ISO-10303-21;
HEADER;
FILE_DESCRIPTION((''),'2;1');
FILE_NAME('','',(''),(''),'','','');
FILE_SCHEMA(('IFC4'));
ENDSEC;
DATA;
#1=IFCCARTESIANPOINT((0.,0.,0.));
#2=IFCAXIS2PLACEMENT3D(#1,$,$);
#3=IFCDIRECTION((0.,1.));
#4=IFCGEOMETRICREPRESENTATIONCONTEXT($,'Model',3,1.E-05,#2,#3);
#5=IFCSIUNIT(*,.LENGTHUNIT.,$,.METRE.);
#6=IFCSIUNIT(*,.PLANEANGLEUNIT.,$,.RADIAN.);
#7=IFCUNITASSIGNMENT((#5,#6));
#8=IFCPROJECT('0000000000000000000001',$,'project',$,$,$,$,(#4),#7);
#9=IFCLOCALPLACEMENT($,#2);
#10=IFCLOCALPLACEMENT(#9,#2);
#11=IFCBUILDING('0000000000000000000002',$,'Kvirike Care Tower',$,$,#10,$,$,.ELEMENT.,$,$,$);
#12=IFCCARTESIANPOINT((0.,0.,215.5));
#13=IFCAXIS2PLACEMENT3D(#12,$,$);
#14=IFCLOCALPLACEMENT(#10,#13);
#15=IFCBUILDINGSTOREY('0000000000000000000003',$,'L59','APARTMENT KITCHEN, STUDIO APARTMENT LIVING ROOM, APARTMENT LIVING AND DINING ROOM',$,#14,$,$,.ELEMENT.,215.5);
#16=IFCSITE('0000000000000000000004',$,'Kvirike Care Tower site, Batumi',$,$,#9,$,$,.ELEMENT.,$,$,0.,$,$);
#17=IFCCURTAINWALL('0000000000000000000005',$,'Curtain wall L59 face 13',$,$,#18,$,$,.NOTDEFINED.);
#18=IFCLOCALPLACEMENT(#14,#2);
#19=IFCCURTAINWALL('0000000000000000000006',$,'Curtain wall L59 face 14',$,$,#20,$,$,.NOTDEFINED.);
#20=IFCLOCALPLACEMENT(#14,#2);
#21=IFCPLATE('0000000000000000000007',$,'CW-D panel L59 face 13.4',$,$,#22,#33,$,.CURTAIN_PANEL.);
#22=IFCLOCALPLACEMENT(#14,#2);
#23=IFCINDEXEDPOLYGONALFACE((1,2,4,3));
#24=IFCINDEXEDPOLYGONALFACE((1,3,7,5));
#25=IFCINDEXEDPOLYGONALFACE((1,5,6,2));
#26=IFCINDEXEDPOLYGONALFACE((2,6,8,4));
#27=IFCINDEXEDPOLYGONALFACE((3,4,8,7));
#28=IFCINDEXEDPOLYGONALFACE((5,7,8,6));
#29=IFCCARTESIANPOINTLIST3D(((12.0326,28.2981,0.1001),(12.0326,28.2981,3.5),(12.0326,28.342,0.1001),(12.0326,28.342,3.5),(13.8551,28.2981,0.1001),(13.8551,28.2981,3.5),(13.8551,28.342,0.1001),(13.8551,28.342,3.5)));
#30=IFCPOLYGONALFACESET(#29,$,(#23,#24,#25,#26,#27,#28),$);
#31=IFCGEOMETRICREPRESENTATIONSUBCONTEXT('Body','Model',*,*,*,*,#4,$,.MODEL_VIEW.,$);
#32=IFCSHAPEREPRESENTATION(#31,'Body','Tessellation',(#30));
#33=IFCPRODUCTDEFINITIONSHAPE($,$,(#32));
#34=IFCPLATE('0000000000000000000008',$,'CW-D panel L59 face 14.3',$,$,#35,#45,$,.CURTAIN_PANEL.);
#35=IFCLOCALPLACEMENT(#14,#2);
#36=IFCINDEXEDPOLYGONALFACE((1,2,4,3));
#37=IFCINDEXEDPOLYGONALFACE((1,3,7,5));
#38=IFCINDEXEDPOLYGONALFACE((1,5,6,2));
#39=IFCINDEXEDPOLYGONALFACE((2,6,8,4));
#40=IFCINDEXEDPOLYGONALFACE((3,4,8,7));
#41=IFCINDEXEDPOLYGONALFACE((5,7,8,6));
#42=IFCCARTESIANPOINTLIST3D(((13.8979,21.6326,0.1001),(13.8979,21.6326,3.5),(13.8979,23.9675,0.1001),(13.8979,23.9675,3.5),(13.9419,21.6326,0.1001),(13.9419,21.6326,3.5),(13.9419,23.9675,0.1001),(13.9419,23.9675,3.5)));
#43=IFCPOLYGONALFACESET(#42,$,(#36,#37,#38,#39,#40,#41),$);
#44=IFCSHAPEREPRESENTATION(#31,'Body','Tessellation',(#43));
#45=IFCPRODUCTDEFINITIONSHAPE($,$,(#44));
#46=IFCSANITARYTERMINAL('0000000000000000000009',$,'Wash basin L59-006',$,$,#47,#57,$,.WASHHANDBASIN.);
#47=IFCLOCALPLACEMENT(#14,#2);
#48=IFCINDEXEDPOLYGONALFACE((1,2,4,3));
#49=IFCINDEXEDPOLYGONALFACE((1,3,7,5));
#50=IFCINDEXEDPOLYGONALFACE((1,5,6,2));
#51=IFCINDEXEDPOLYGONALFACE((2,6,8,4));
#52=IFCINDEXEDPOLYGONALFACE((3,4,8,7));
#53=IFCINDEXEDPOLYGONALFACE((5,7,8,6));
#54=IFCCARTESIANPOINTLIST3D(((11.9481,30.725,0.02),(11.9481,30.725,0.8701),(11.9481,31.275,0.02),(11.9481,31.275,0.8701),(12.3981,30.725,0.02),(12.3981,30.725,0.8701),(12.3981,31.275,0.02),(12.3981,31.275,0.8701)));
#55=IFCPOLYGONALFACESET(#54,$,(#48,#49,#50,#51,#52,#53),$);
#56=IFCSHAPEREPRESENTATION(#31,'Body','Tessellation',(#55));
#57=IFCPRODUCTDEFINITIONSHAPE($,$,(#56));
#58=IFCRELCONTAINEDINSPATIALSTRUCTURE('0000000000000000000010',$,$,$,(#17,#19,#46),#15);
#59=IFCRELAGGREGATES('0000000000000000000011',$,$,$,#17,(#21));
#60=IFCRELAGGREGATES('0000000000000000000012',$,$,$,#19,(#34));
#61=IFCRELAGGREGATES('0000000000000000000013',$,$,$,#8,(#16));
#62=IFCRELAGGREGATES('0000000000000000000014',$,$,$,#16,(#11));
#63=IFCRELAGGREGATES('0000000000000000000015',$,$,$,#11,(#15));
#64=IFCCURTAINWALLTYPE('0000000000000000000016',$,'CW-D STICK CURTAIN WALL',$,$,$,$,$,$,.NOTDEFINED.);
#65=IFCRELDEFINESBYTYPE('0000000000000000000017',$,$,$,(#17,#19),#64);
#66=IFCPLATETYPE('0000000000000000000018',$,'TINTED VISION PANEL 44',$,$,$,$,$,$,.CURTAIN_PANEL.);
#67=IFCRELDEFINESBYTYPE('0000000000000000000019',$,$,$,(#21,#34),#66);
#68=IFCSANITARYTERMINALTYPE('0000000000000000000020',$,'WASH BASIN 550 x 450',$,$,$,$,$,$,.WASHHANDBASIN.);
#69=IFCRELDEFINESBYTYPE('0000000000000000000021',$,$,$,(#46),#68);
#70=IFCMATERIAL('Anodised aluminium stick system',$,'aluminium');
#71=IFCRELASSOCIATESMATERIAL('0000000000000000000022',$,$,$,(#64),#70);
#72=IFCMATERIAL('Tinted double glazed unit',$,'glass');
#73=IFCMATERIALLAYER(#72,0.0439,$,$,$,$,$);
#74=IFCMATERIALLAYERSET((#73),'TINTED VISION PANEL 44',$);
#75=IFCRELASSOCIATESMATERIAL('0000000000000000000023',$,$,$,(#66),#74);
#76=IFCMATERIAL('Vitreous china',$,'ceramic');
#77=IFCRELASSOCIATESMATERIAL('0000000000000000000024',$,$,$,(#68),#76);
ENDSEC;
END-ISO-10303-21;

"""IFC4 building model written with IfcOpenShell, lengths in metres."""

from ifc_helpers import new_model, si_unit, direction, frame, origin, origin_2d, place, context, subcontext, project, spatial, rectangle, extrude, material, layer, layer_set, type_object, element, aggregate, save


model = new_model("IFC4")

# Units and contexts
model_context = context("Model", 3, precision=1e-05, world=origin(), true_north=direction((0.0, 1.0)))
body_context = subcontext(model_context, "Body", "Model", "MODEL_VIEW")
ifc_project = project(units=[si_unit("LENGTHUNIT", "METRE"), si_unit("PLANEANGLEUNIT", "RADIAN")], contexts=[model_context])

# Site, building, storey
site_placement = place(None, origin())
site = spatial("IfcSite", under=ifc_project, at=site_placement, Name="Kvirike Care Tower site, Batumi", CompositionType="ELEMENT", RefElevation=0.0)
building_placement = place(site_placement, origin())
building = spatial("IfcBuilding", under=site, at=building_placement, Name="Kvirike Care Tower", CompositionType="ELEMENT")
storey_placement = place(building_placement, frame((0.0, 0.0, 215.5)))
storey = spatial("IfcBuildingStorey", under=building, at=storey_placement, Name="L59", Description="APARTMENT KITCHEN, STUDIO APARTMENT LIVING ROOM, APARTMENT LIVING AND DINING ROOM", CompositionType="ELEMENT", Elevation=215.5)

# Curtain walls
ifc_material_1 = material(Name="Anodised aluminium stick system", Category="aluminium")
curtain_wall_type = type_object("IfcCurtainWallType", Name="CW-D STICK CURTAIN WALL", PredefinedType="NOTDEFINED", material=ifc_material_1)
curtain_wall_1_placement = place(storey_placement, origin())
curtain_wall_1 = element("IfcCurtainWall", 1, at=curtain_wall_1_placement, inside=storey, type_object=curtain_wall_type, Name="Curtain wall L59 face 13", PredefinedType="NOTDEFINED")
curtain_wall_2_placement = place(storey_placement, origin())
curtain_wall_2 = element("IfcCurtainWall", 2, at=curtain_wall_2_placement, inside=storey, type_object=curtain_wall_type, Name="Curtain wall L59 face 14", PredefinedType="NOTDEFINED")

# Plates
ifc_material_2 = material(Name="Tinted double glazed unit", Category="glass")
ifc_layer = layer(ifc_material_2, 0.0439)
ifc_layer_set = layer_set([ifc_layer], Name="TINTED VISION PANEL 44")
plate_type = type_object("IfcPlateType", Name="TINTED VISION PANEL 44", PredefinedType="CURTAIN_PANEL", material=ifc_layer_set)
plate_1_placement = place(storey_placement, frame((12.9438, 28.3201, 0.1001), z_axis=(0.0, 0.0, 1.0), x_axis=(1.0, 0.0, 0.0)))
plate_1 = element("IfcPlate", 3, at=plate_1_placement, type_object=plate_type, Name="CW-D panel L59 face 13.4", PredefinedType="CURTAIN_PANEL", context=body_context, shape_type="SweptSolid", body=[
    extrude(rectangle(XDim=1.8225, YDim=0.0439, at=origin_2d()), origin(), (0.0, 0.0, 1.0), 3.3999),
])
aggregate(curtain_wall_1, [plate_1])
plate_2_placement = place(storey_placement, frame((13.9199, 22.8, 0.1001), z_axis=(0.0, 0.0, 1.0), x_axis=(0.0, -1.0, 0.0)))
plate_2 = element("IfcPlate", 4, at=plate_2_placement, type_object=plate_type, Name="CW-D panel L59 face 14.3", PredefinedType="CURTAIN_PANEL", context=body_context, shape_type="SweptSolid", body=[
    extrude(rectangle(XDim=2.335, YDim=0.0439, at=origin_2d()), origin(), (0.0, 0.0, 1.0), 3.3999),
])
aggregate(curtain_wall_2, [plate_2])

# Sanitary terminal
ifc_material_3 = material(Name="Vitreous china", Category="ceramic")
sanitary_terminal_type = type_object("IfcSanitaryTerminalType", Name="WASH BASIN 550 x 450", PredefinedType="WASHHANDBASIN", material=ifc_material_3)
sanitary_terminal_placement = place(storey_placement, frame((12.1731, 31.0, 0.02), z_axis=(0.0, 0.0, 1.0), x_axis=(0.0, -1.0, 0.0)))
element("IfcSanitaryTerminal", 5, at=sanitary_terminal_placement, inside=storey, type_object=sanitary_terminal_type, Name="Wash basin L59-006", PredefinedType="WASHHANDBASIN", context=body_context, shape_type="SweptSolid", body=[
    extrude(rectangle(XDim=0.55, YDim=0.45, at=origin_2d()), origin(), (0.0, 0.0, 1.0), 0.8501),
])

save(model, "model.ifc")
